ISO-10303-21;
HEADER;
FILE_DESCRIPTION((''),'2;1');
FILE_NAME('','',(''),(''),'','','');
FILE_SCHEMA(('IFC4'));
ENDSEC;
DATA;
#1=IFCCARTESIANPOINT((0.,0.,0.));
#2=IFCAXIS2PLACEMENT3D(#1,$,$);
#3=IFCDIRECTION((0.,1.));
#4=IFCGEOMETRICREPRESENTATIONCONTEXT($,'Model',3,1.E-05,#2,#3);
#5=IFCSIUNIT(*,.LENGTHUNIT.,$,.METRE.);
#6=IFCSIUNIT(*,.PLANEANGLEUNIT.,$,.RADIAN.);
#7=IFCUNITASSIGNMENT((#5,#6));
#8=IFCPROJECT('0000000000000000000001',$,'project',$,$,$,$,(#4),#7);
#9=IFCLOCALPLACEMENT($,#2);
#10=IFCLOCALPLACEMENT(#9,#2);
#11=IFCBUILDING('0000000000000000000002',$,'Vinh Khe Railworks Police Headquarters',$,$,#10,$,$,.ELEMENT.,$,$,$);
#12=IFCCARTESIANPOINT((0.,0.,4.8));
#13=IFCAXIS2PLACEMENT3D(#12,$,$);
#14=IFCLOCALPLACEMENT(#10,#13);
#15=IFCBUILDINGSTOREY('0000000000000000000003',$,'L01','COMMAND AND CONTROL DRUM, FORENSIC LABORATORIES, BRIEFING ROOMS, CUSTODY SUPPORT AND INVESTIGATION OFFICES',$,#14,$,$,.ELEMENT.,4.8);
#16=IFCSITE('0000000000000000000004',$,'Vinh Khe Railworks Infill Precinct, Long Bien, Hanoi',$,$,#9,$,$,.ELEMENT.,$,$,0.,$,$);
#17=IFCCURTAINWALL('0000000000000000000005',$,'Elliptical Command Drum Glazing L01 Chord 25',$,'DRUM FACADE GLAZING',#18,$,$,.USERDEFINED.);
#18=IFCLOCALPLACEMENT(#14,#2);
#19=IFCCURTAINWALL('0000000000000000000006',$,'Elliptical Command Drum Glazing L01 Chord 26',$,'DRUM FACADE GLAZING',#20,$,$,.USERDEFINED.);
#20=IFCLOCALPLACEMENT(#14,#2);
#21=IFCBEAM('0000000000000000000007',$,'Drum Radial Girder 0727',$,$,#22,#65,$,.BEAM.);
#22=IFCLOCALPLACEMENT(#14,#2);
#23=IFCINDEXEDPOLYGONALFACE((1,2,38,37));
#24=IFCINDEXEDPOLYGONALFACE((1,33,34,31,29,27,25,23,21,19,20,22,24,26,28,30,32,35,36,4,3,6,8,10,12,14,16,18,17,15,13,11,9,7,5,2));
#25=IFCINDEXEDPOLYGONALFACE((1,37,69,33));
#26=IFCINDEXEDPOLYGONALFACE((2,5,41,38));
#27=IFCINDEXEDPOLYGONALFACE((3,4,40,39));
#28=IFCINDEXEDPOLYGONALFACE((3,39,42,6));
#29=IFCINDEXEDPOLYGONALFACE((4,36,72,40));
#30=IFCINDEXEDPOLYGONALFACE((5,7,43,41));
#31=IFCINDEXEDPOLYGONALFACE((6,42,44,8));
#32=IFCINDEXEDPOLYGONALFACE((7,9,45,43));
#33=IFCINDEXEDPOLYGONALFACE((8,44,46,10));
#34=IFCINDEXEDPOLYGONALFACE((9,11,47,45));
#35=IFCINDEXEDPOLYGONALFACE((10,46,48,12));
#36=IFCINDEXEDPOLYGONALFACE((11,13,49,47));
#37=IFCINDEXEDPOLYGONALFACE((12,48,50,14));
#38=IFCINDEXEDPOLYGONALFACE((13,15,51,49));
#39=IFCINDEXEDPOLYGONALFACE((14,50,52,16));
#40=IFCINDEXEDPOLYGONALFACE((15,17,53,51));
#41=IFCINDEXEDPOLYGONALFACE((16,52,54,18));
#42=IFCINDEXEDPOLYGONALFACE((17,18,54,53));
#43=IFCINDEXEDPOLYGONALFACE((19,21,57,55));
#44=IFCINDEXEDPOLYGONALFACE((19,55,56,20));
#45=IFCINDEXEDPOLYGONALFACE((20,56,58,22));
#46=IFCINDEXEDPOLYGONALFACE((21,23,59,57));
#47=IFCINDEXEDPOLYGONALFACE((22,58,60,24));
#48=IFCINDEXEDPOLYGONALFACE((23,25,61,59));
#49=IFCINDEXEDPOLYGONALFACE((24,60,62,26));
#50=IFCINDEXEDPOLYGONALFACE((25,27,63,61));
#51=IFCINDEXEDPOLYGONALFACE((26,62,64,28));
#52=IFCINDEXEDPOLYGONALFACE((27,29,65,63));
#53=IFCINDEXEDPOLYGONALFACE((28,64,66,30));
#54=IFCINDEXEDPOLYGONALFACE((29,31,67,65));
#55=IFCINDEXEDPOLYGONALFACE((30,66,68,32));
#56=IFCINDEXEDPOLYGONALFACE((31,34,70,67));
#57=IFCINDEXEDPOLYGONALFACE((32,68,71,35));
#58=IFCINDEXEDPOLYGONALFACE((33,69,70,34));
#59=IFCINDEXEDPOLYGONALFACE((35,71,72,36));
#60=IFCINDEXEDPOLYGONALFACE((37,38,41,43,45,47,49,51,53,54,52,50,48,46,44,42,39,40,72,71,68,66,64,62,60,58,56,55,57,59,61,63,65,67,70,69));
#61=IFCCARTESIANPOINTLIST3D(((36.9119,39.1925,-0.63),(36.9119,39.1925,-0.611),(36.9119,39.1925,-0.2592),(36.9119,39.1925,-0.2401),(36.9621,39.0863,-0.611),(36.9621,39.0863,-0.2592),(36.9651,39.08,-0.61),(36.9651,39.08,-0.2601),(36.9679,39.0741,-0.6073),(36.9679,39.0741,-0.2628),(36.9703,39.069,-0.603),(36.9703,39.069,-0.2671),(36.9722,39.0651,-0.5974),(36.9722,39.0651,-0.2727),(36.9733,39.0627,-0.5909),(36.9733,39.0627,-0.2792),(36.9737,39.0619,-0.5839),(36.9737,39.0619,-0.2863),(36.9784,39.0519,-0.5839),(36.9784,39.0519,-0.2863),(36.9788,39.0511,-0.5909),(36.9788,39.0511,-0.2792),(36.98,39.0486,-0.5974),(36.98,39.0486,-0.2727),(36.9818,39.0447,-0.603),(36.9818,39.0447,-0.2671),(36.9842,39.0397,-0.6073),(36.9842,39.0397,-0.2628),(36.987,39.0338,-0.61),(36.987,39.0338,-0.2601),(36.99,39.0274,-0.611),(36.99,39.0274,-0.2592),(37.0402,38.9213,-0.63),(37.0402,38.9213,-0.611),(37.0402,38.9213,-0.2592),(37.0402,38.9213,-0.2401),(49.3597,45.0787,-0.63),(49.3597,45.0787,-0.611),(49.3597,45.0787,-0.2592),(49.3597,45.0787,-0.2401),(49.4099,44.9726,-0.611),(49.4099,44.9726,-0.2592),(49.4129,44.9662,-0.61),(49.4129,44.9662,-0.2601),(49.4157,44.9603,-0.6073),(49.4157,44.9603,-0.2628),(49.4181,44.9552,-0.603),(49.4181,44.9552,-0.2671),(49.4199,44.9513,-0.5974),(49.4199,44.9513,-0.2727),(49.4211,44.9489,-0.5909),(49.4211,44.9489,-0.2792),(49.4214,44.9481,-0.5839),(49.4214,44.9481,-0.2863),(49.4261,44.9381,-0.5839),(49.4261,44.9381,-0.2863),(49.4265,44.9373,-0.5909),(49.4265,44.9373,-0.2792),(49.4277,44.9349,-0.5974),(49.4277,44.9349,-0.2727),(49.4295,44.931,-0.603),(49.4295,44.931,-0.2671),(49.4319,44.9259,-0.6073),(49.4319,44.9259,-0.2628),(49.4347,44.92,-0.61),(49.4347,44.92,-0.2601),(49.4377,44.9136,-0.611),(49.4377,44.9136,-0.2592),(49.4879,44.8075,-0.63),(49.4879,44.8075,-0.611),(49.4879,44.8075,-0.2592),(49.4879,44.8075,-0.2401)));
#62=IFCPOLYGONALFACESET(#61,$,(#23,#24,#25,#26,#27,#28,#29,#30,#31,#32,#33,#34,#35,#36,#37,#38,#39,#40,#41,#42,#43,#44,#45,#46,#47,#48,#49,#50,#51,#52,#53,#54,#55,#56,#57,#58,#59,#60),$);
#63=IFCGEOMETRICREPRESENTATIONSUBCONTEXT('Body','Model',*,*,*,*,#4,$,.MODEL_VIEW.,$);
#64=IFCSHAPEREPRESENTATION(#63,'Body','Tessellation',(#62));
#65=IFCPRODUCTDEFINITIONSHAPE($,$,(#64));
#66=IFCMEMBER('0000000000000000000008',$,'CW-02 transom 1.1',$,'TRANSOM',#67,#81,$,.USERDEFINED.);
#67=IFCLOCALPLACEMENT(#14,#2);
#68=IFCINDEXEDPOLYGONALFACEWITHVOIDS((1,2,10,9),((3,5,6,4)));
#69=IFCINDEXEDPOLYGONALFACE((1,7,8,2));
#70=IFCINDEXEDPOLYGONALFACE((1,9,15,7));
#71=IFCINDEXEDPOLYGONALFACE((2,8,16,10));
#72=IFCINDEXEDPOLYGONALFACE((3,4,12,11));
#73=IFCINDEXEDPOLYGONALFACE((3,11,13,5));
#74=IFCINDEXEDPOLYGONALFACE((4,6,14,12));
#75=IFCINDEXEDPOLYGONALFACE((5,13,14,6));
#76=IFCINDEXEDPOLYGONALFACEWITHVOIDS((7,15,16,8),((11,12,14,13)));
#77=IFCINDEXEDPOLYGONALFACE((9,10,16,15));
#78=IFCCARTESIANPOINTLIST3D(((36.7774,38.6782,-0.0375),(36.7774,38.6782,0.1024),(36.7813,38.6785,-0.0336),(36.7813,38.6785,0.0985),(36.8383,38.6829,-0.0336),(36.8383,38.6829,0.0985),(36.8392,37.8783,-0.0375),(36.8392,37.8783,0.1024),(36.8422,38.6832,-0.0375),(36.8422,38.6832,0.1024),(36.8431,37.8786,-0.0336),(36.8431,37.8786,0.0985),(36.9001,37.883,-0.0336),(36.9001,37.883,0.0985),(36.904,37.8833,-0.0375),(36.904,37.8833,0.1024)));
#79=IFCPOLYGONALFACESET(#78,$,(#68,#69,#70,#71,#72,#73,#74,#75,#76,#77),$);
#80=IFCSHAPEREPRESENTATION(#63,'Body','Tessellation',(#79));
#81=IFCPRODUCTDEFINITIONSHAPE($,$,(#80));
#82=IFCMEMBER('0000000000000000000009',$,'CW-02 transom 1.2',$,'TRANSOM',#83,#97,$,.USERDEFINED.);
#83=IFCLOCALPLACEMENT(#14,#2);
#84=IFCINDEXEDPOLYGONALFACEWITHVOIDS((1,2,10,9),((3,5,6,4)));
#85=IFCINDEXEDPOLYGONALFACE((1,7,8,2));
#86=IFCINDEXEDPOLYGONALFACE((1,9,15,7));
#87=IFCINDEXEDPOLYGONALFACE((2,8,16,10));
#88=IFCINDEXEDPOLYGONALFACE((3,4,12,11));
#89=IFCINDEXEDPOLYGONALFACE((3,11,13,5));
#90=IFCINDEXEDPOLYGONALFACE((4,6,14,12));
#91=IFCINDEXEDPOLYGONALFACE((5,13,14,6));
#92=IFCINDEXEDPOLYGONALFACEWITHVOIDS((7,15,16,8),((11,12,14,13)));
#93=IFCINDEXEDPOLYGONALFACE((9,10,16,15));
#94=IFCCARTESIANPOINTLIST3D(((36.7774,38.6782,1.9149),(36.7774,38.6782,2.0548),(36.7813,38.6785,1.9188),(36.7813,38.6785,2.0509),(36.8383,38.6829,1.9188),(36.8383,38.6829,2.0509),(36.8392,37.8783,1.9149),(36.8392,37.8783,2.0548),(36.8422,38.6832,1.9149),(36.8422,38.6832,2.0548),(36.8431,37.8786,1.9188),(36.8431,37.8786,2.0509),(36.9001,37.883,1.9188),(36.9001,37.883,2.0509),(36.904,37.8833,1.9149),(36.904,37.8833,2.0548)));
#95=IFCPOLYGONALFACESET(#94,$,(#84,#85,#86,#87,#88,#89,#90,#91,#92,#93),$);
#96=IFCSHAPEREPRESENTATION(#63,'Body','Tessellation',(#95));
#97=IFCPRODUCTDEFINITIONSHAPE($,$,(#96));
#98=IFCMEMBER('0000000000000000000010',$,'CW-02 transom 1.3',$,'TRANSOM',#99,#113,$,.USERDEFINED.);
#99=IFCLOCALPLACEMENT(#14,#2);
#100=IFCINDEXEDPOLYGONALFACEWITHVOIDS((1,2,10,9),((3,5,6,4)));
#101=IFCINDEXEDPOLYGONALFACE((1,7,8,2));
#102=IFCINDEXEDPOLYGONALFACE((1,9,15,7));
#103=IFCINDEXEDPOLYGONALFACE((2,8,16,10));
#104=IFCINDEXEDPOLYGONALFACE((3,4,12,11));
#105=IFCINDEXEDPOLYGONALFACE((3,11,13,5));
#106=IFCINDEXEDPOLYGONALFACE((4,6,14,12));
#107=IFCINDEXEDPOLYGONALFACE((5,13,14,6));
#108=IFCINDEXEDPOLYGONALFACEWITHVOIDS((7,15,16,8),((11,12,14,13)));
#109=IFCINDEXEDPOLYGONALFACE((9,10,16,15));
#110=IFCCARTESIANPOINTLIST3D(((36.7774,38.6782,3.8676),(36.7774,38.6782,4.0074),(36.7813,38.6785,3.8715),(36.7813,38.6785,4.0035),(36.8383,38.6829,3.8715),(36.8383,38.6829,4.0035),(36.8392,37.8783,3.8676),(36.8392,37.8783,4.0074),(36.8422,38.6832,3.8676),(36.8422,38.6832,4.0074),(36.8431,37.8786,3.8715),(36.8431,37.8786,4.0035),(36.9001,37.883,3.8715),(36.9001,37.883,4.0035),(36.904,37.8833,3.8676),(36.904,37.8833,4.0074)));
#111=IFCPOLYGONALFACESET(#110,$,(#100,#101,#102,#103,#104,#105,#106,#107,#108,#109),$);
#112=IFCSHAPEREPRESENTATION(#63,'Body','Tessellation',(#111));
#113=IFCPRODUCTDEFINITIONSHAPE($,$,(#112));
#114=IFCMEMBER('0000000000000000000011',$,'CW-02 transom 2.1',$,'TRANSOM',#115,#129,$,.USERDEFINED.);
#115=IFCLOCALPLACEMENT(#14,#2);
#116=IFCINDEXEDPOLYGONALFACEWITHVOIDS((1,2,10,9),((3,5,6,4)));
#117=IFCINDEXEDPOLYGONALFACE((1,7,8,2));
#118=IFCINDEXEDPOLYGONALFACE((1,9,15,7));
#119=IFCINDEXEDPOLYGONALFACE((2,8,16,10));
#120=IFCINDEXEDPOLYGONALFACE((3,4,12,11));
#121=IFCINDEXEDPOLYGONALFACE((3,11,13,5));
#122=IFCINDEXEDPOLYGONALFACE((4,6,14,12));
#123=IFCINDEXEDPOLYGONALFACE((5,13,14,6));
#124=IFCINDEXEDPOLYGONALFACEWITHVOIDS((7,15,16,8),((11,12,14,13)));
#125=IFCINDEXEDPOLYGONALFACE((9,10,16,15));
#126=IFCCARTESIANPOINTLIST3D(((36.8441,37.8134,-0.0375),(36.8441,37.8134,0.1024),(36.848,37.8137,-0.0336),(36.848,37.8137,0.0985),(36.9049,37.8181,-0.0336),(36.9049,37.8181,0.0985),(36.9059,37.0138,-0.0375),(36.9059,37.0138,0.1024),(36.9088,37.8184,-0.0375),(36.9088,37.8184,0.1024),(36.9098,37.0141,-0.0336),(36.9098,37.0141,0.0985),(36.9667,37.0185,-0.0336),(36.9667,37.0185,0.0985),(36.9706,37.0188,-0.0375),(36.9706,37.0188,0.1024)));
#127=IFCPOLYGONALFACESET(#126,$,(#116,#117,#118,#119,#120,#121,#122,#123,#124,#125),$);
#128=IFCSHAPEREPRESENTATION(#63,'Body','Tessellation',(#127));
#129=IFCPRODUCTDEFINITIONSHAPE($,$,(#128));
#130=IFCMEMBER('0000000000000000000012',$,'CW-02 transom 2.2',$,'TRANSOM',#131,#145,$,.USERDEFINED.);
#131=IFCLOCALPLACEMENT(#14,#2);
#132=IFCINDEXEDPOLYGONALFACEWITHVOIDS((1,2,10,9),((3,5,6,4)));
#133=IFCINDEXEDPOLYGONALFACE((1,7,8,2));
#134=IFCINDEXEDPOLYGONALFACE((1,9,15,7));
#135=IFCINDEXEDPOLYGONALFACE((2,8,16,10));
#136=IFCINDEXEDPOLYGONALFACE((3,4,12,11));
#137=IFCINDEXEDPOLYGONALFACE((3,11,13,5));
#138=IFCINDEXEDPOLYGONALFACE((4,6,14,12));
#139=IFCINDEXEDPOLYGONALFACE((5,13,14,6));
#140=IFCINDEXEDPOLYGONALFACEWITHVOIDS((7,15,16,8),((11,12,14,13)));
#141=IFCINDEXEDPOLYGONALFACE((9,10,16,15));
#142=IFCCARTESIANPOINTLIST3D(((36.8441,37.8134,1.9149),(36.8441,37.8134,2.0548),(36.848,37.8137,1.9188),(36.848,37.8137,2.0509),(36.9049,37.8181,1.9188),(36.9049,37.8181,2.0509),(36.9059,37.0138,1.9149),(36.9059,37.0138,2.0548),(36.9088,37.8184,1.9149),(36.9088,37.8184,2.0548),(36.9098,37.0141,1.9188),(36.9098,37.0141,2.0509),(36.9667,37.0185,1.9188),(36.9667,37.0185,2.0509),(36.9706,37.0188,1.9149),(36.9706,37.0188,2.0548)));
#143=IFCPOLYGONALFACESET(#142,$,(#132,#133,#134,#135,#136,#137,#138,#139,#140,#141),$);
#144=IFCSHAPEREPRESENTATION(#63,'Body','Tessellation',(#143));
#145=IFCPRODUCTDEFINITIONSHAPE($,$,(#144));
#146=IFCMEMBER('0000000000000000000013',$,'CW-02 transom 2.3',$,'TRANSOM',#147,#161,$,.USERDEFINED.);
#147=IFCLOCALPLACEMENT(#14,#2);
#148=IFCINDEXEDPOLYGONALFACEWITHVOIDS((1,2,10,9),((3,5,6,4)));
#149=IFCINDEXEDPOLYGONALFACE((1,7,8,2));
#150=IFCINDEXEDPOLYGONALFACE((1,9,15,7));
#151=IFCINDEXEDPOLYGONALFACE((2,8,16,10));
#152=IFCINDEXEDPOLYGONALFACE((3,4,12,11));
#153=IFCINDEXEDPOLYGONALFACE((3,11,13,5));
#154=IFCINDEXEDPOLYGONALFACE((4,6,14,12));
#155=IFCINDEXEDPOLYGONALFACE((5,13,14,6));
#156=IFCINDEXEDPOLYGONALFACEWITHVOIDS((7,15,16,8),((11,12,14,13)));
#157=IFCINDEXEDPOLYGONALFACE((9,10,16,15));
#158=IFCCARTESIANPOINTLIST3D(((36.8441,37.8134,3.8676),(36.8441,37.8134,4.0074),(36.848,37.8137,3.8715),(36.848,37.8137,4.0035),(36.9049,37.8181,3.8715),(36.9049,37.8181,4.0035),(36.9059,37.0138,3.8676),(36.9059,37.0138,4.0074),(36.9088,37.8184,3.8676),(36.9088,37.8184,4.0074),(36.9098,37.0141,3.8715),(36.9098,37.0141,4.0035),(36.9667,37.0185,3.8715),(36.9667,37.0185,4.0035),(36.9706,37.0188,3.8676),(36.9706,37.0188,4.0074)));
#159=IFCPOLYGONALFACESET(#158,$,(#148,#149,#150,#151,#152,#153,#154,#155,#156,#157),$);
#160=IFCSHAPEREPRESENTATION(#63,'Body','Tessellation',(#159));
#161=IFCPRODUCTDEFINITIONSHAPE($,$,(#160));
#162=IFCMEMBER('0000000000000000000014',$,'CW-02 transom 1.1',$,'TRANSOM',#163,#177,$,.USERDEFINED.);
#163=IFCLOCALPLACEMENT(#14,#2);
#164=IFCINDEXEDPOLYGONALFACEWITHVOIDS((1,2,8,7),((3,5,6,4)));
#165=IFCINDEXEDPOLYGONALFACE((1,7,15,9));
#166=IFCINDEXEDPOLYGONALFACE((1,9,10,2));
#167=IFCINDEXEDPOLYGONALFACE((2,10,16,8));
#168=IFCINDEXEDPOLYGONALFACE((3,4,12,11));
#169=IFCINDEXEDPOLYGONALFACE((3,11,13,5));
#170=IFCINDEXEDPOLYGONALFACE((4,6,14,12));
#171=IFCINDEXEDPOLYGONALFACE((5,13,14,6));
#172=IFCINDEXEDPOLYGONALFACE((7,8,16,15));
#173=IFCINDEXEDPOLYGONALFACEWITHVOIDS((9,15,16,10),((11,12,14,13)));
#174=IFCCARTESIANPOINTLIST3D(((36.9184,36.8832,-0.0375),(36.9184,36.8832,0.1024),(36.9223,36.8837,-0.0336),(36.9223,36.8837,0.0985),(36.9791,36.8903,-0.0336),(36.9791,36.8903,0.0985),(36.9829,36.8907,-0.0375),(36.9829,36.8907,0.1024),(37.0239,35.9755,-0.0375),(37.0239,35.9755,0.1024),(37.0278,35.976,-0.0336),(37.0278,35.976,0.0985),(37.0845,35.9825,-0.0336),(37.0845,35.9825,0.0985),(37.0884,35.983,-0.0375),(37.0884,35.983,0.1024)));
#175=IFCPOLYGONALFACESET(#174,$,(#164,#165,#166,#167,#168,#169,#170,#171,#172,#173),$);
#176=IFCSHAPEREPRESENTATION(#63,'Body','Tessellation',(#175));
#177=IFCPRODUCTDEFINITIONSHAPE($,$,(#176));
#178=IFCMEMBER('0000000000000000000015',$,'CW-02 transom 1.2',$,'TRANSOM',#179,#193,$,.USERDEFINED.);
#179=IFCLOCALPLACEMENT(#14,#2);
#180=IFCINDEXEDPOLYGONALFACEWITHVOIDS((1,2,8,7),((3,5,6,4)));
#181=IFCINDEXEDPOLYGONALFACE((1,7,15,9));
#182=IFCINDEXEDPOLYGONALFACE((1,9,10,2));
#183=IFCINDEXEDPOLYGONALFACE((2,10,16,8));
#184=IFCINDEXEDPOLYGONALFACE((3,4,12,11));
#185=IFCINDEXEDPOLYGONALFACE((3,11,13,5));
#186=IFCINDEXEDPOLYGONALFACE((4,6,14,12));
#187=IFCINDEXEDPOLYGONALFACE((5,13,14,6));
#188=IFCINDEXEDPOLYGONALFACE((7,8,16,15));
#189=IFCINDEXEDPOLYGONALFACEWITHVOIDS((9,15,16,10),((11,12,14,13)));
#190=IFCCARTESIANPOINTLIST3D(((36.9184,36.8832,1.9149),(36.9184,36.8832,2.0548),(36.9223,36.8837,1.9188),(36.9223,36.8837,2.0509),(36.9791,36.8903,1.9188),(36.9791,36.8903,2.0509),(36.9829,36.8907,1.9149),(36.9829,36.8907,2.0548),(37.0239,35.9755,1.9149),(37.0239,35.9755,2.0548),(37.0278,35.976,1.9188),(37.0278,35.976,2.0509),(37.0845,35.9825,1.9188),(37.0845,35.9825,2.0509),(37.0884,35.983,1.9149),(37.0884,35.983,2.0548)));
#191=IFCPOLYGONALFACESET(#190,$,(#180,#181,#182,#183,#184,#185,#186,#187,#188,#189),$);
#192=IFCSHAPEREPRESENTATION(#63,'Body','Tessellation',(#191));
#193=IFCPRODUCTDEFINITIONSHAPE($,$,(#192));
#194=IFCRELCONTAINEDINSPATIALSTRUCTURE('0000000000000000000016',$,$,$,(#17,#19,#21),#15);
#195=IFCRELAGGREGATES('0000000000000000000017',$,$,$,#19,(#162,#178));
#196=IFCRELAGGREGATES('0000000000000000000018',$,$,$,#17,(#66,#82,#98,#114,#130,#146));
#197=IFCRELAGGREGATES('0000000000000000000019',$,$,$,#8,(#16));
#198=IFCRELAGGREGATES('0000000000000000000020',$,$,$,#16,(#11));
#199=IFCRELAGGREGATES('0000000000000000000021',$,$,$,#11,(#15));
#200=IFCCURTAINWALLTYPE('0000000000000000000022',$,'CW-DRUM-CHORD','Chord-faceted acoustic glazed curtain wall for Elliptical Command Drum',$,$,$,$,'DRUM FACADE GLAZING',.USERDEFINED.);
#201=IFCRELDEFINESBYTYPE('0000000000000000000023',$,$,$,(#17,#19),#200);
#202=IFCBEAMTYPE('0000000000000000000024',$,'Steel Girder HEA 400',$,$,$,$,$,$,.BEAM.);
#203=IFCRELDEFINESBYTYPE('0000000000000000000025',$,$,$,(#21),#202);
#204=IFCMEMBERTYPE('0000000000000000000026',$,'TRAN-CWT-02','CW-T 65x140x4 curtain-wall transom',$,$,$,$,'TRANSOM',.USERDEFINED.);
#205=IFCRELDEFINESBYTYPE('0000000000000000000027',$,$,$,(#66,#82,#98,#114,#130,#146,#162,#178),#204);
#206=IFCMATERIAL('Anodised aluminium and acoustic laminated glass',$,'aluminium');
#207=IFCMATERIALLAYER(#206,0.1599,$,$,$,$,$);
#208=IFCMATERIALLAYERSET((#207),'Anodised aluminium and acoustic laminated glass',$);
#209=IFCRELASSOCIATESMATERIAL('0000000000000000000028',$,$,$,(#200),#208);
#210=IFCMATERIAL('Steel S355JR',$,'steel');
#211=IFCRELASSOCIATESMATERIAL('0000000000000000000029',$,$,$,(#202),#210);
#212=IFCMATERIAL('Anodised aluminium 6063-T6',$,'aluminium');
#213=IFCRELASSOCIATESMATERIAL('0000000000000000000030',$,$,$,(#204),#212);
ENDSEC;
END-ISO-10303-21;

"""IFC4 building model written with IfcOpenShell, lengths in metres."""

from ifc_helpers import new_model, si_unit, direction, frame, origin, origin_2d, place, context, subcontext, project, spatial, hollow_rectangle, i_section, extrude, material, layer, layer_set, material_profile, profile_set, type_object, element, aggregate, save


model = new_model("IFC4")

# Units and contexts
model_context = context("Model", 3, precision=1e-05, world=origin(), true_north=direction((0.0, 1.0)))
body_context = subcontext(model_context, "Body", "Model", "MODEL_VIEW")
ifc_project = project(units=[si_unit("LENGTHUNIT", "METRE"), si_unit("PLANEANGLEUNIT", "RADIAN")], contexts=[model_context])

# Site, building, storey
site_placement = place(None, origin())
site = spatial("IfcSite", under=ifc_project, at=site_placement, Name="Vinh Khe Railworks Infill Precinct, Long Bien, Hanoi", CompositionType="ELEMENT", RefElevation=0.0)
building_placement = place(site_placement, origin())
building = spatial("IfcBuilding", under=site, at=building_placement, Name="Vinh Khe Railworks Police Headquarters", CompositionType="ELEMENT")
storey_placement = place(building_placement, frame((0.0, 0.0, 4.8)))
storey = spatial("IfcBuildingStorey", under=building, at=storey_placement, Name="L01", Description="COMMAND AND CONTROL DRUM, FORENSIC LABORATORIES, BRIEFING ROOMS, CUSTODY SUPPORT AND INVESTIGATION OFFICES", CompositionType="ELEMENT", Elevation=4.8)

# Shared definitions
ifc_material_1 = material(Name="Steel S355JR", Category="steel")

# Curtain wall
ifc_material_2 = material(Name="Anodised aluminium and acoustic laminated glass", Category="aluminium")
ifc_layer_1 = layer(ifc_material_2, 0.1599)
ifc_layer_set_1 = layer_set([ifc_layer_1], Name="Anodised aluminium and acoustic laminated glass")
curtain_wall_type = type_object("IfcCurtainWallType", Name="CW-DRUM-CHORD", Description="Chord-faceted acoustic glazed curtain wall for Elliptical Command Drum", ElementType="DRUM FACADE GLAZING", PredefinedType="USERDEFINED", material=ifc_layer_set_1)
curtain_wall_1_placement = place(storey_placement, origin())
curtain_wall_1 = element("IfcCurtainWall", 1, at=curtain_wall_1_placement, inside=storey, type_object=curtain_wall_type, Name="Elliptical Command Drum Glazing L01 Chord 25", ObjectType="DRUM FACADE GLAZING", PredefinedType="USERDEFINED")
ifc_material_3 = material(Name="Anodised aluminium 6063-T6", Category="aluminium")

# Curtain wall
curtain_wall_2_placement = place(storey_placement, origin())
curtain_wall_2 = element("IfcCurtainWall", 2, at=curtain_wall_2_placement, inside=storey, type_object=curtain_wall_type, Name="Elliptical Command Drum Glazing L01 Chord 26", ObjectType="DRUM FACADE GLAZING", PredefinedType="USERDEFINED")

# Beam
ifc_material_profile_1 = material_profile(ifc_material_1, i_section(OverallWidth=0.3, OverallDepth=0.3899, WebThickness=0.011, FlangeThickness=0.019, FilletRadius=0.0271, at=origin_2d()), Name="HEA 400")
ifc_profile_set_1 = profile_set([ifc_material_profile_1], Name="Steel S355JR")
beam_type = type_object("IfcBeamType", Name="Steel Girder HEA 400", PredefinedType="BEAM", material=ifc_profile_set_1)
beam_1_placement = place(storey_placement, frame((36.9761, 39.0569, -0.4351), z_axis=(0.904021, 0.427489, 0.0), x_axis=(-0.427489, 0.904021, 0.0)))
element("IfcBeam", 3, at=beam_1_placement, inside=storey, type_object=beam_type, Name="Drum Radial Girder 0727", PredefinedType="BEAM", context=body_context, shape_type="SweptSolid", body=[
    extrude(i_section(OverallWidth=0.3, OverallDepth=0.3899, WebThickness=0.011, FlangeThickness=0.019, FilletRadius=0.0271, at=origin_2d()), origin(), (0.0, 0.0, 1.0), 13.7693),
])

# Members
ifc_material_profile_2 = material_profile(ifc_material_3, hollow_rectangle(XDim=0.0649, YDim=0.1399, WallThickness=0.0039, at=origin_2d()), Name="CW-T 65x140x4")
ifc_profile_set_2 = profile_set([ifc_material_profile_2], Name="Anodised aluminium 6063-T6")
member_type_1 = type_object("IfcMemberType", Name="TRAN-CWT-02", Description="CW-T 65x140x4 curtain-wall transom", ElementType="TRANSOM", PredefinedType="USERDEFINED", material=ifc_profile_set_2)
member_1_placement = place(storey_placement, frame((36.8098, 38.6807, 0.0325), z_axis=(0.076999, -0.997031, 0.0), x_axis=(0.997031, 0.076999, 0.0)))
member_1 = element("IfcMember", 4, at=member_1_placement, type_object=member_type_1, Name="CW-02 transom 1.1", ObjectType="TRANSOM", PredefinedType="USERDEFINED", context=body_context, shape_type="SweptSolid", body=[
    extrude(hollow_rectangle(XDim=0.0649, YDim=0.1399, WallThickness=0.0039, at=origin_2d()), origin(), (0.0, 0.0, 1.0), 0.8022),
])
member_2_placement = place(storey_placement, frame((36.8098, 38.6807, 1.9849), z_axis=(0.076999, -0.997031, 0.0), x_axis=(0.997031, 0.076999, 0.0)))
member_2 = element("IfcMember", 5, at=member_2_placement, type_object=member_type_1, Name="CW-02 transom 1.2", ObjectType="TRANSOM", PredefinedType="USERDEFINED", context=body_context, shape_type="SweptSolid", body=[
    extrude(hollow_rectangle(XDim=0.0649, YDim=0.1399, WallThickness=0.0039, at=origin_2d()), origin(), (0.0, 0.0, 1.0), 0.8022),
])
member_3_placement = place(storey_placement, frame((36.8098, 38.6807, 3.9375), z_axis=(0.076999, -0.997031, 0.0), x_axis=(0.997031, 0.076999, 0.0)))
member_3 = element("IfcMember", 6, at=member_3_placement, type_object=member_type_1, Name="CW-02 transom 1.3", ObjectType="TRANSOM", PredefinedType="USERDEFINED", context=body_context, shape_type="SweptSolid", body=[
    extrude(hollow_rectangle(XDim=0.0649, YDim=0.1399, WallThickness=0.0039, at=origin_2d()), origin(), (0.0, 0.0, 1.0), 0.8022),
])
member_4_placement = place(storey_placement, frame((36.8765, 37.8159, 0.0325), z_axis=(0.077022, -0.997029, 0.0), x_axis=(0.997029, 0.077022, 0.0)))
member_4 = element("IfcMember", 7, at=member_4_placement, type_object=member_type_1, Name="CW-02 transom 2.1", ObjectType="TRANSOM", PredefinedType="USERDEFINED", context=body_context, shape_type="SweptSolid", body=[
    extrude(hollow_rectangle(XDim=0.0649, YDim=0.1399, WallThickness=0.0039, at=origin_2d()), origin(), (0.0, 0.0, 1.0), 0.802),
])
member_5_placement = place(storey_placement, frame((36.8765, 37.8159, 1.9849), z_axis=(0.077022, -0.997029, 0.0), x_axis=(0.997029, 0.077022, 0.0)))
member_5 = element("IfcMember", 8, at=member_5_placement, type_object=member_type_1, Name="CW-02 transom 2.2", ObjectType="TRANSOM", PredefinedType="USERDEFINED", context=body_context, shape_type="SweptSolid", body=[
    extrude(hollow_rectangle(XDim=0.0649, YDim=0.1399, WallThickness=0.0039, at=origin_2d()), origin(), (0.0, 0.0, 1.0), 0.802),
])
member_6_placement = place(storey_placement, frame((36.8765, 37.8159, 3.9375), z_axis=(0.077022, -0.997029, 0.0), x_axis=(0.997029, 0.077022, 0.0)))
member_6 = element("IfcMember", 9, at=member_6_placement, type_object=member_type_1, Name="CW-02 transom 2.3", ObjectType="TRANSOM", PredefinedType="USERDEFINED", context=body_context, shape_type="SweptSolid", body=[
    extrude(hollow_rectangle(XDim=0.0649, YDim=0.1399, WallThickness=0.0039, at=origin_2d()), origin(), (0.0, 0.0, 1.0), 0.802),
])
member_7_placement = place(storey_placement, frame((36.9507, 36.887, 0.0325), z_axis=(0.115415, -0.993317, 0.0), x_axis=(0.993317, 0.115415, 0.0)))
member_7 = element("IfcMember", 10, at=member_7_placement, type_object=member_type_1, Name="CW-02 transom 1.1", ObjectType="TRANSOM", PredefinedType="USERDEFINED", context=body_context, shape_type="SweptSolid", body=[
    extrude(hollow_rectangle(XDim=0.0649, YDim=0.1399, WallThickness=0.0039, at=origin_2d()), origin(), (0.0, 0.0, 1.0), 0.9138),
])
member_8_placement = place(storey_placement, frame((36.9507, 36.887, 1.9849), z_axis=(0.115415, -0.993317, 0.0), x_axis=(0.993317, 0.115415, 0.0)))
member_8 = element("IfcMember", 11, at=member_8_placement, type_object=member_type_1, Name="CW-02 transom 1.2", ObjectType="TRANSOM", PredefinedType="USERDEFINED", context=body_context, shape_type="SweptSolid", body=[
    extrude(hollow_rectangle(XDim=0.0649, YDim=0.1399, WallThickness=0.0039, at=origin_2d()), origin(), (0.0, 0.0, 1.0), 0.9138),
])
aggregate(curtain_wall_2, [member_7, member_8])

aggregate(curtain_wall_1, [member_1, member_2, member_3, member_4, member_5, member_6])

save(model, "model.ifc")
